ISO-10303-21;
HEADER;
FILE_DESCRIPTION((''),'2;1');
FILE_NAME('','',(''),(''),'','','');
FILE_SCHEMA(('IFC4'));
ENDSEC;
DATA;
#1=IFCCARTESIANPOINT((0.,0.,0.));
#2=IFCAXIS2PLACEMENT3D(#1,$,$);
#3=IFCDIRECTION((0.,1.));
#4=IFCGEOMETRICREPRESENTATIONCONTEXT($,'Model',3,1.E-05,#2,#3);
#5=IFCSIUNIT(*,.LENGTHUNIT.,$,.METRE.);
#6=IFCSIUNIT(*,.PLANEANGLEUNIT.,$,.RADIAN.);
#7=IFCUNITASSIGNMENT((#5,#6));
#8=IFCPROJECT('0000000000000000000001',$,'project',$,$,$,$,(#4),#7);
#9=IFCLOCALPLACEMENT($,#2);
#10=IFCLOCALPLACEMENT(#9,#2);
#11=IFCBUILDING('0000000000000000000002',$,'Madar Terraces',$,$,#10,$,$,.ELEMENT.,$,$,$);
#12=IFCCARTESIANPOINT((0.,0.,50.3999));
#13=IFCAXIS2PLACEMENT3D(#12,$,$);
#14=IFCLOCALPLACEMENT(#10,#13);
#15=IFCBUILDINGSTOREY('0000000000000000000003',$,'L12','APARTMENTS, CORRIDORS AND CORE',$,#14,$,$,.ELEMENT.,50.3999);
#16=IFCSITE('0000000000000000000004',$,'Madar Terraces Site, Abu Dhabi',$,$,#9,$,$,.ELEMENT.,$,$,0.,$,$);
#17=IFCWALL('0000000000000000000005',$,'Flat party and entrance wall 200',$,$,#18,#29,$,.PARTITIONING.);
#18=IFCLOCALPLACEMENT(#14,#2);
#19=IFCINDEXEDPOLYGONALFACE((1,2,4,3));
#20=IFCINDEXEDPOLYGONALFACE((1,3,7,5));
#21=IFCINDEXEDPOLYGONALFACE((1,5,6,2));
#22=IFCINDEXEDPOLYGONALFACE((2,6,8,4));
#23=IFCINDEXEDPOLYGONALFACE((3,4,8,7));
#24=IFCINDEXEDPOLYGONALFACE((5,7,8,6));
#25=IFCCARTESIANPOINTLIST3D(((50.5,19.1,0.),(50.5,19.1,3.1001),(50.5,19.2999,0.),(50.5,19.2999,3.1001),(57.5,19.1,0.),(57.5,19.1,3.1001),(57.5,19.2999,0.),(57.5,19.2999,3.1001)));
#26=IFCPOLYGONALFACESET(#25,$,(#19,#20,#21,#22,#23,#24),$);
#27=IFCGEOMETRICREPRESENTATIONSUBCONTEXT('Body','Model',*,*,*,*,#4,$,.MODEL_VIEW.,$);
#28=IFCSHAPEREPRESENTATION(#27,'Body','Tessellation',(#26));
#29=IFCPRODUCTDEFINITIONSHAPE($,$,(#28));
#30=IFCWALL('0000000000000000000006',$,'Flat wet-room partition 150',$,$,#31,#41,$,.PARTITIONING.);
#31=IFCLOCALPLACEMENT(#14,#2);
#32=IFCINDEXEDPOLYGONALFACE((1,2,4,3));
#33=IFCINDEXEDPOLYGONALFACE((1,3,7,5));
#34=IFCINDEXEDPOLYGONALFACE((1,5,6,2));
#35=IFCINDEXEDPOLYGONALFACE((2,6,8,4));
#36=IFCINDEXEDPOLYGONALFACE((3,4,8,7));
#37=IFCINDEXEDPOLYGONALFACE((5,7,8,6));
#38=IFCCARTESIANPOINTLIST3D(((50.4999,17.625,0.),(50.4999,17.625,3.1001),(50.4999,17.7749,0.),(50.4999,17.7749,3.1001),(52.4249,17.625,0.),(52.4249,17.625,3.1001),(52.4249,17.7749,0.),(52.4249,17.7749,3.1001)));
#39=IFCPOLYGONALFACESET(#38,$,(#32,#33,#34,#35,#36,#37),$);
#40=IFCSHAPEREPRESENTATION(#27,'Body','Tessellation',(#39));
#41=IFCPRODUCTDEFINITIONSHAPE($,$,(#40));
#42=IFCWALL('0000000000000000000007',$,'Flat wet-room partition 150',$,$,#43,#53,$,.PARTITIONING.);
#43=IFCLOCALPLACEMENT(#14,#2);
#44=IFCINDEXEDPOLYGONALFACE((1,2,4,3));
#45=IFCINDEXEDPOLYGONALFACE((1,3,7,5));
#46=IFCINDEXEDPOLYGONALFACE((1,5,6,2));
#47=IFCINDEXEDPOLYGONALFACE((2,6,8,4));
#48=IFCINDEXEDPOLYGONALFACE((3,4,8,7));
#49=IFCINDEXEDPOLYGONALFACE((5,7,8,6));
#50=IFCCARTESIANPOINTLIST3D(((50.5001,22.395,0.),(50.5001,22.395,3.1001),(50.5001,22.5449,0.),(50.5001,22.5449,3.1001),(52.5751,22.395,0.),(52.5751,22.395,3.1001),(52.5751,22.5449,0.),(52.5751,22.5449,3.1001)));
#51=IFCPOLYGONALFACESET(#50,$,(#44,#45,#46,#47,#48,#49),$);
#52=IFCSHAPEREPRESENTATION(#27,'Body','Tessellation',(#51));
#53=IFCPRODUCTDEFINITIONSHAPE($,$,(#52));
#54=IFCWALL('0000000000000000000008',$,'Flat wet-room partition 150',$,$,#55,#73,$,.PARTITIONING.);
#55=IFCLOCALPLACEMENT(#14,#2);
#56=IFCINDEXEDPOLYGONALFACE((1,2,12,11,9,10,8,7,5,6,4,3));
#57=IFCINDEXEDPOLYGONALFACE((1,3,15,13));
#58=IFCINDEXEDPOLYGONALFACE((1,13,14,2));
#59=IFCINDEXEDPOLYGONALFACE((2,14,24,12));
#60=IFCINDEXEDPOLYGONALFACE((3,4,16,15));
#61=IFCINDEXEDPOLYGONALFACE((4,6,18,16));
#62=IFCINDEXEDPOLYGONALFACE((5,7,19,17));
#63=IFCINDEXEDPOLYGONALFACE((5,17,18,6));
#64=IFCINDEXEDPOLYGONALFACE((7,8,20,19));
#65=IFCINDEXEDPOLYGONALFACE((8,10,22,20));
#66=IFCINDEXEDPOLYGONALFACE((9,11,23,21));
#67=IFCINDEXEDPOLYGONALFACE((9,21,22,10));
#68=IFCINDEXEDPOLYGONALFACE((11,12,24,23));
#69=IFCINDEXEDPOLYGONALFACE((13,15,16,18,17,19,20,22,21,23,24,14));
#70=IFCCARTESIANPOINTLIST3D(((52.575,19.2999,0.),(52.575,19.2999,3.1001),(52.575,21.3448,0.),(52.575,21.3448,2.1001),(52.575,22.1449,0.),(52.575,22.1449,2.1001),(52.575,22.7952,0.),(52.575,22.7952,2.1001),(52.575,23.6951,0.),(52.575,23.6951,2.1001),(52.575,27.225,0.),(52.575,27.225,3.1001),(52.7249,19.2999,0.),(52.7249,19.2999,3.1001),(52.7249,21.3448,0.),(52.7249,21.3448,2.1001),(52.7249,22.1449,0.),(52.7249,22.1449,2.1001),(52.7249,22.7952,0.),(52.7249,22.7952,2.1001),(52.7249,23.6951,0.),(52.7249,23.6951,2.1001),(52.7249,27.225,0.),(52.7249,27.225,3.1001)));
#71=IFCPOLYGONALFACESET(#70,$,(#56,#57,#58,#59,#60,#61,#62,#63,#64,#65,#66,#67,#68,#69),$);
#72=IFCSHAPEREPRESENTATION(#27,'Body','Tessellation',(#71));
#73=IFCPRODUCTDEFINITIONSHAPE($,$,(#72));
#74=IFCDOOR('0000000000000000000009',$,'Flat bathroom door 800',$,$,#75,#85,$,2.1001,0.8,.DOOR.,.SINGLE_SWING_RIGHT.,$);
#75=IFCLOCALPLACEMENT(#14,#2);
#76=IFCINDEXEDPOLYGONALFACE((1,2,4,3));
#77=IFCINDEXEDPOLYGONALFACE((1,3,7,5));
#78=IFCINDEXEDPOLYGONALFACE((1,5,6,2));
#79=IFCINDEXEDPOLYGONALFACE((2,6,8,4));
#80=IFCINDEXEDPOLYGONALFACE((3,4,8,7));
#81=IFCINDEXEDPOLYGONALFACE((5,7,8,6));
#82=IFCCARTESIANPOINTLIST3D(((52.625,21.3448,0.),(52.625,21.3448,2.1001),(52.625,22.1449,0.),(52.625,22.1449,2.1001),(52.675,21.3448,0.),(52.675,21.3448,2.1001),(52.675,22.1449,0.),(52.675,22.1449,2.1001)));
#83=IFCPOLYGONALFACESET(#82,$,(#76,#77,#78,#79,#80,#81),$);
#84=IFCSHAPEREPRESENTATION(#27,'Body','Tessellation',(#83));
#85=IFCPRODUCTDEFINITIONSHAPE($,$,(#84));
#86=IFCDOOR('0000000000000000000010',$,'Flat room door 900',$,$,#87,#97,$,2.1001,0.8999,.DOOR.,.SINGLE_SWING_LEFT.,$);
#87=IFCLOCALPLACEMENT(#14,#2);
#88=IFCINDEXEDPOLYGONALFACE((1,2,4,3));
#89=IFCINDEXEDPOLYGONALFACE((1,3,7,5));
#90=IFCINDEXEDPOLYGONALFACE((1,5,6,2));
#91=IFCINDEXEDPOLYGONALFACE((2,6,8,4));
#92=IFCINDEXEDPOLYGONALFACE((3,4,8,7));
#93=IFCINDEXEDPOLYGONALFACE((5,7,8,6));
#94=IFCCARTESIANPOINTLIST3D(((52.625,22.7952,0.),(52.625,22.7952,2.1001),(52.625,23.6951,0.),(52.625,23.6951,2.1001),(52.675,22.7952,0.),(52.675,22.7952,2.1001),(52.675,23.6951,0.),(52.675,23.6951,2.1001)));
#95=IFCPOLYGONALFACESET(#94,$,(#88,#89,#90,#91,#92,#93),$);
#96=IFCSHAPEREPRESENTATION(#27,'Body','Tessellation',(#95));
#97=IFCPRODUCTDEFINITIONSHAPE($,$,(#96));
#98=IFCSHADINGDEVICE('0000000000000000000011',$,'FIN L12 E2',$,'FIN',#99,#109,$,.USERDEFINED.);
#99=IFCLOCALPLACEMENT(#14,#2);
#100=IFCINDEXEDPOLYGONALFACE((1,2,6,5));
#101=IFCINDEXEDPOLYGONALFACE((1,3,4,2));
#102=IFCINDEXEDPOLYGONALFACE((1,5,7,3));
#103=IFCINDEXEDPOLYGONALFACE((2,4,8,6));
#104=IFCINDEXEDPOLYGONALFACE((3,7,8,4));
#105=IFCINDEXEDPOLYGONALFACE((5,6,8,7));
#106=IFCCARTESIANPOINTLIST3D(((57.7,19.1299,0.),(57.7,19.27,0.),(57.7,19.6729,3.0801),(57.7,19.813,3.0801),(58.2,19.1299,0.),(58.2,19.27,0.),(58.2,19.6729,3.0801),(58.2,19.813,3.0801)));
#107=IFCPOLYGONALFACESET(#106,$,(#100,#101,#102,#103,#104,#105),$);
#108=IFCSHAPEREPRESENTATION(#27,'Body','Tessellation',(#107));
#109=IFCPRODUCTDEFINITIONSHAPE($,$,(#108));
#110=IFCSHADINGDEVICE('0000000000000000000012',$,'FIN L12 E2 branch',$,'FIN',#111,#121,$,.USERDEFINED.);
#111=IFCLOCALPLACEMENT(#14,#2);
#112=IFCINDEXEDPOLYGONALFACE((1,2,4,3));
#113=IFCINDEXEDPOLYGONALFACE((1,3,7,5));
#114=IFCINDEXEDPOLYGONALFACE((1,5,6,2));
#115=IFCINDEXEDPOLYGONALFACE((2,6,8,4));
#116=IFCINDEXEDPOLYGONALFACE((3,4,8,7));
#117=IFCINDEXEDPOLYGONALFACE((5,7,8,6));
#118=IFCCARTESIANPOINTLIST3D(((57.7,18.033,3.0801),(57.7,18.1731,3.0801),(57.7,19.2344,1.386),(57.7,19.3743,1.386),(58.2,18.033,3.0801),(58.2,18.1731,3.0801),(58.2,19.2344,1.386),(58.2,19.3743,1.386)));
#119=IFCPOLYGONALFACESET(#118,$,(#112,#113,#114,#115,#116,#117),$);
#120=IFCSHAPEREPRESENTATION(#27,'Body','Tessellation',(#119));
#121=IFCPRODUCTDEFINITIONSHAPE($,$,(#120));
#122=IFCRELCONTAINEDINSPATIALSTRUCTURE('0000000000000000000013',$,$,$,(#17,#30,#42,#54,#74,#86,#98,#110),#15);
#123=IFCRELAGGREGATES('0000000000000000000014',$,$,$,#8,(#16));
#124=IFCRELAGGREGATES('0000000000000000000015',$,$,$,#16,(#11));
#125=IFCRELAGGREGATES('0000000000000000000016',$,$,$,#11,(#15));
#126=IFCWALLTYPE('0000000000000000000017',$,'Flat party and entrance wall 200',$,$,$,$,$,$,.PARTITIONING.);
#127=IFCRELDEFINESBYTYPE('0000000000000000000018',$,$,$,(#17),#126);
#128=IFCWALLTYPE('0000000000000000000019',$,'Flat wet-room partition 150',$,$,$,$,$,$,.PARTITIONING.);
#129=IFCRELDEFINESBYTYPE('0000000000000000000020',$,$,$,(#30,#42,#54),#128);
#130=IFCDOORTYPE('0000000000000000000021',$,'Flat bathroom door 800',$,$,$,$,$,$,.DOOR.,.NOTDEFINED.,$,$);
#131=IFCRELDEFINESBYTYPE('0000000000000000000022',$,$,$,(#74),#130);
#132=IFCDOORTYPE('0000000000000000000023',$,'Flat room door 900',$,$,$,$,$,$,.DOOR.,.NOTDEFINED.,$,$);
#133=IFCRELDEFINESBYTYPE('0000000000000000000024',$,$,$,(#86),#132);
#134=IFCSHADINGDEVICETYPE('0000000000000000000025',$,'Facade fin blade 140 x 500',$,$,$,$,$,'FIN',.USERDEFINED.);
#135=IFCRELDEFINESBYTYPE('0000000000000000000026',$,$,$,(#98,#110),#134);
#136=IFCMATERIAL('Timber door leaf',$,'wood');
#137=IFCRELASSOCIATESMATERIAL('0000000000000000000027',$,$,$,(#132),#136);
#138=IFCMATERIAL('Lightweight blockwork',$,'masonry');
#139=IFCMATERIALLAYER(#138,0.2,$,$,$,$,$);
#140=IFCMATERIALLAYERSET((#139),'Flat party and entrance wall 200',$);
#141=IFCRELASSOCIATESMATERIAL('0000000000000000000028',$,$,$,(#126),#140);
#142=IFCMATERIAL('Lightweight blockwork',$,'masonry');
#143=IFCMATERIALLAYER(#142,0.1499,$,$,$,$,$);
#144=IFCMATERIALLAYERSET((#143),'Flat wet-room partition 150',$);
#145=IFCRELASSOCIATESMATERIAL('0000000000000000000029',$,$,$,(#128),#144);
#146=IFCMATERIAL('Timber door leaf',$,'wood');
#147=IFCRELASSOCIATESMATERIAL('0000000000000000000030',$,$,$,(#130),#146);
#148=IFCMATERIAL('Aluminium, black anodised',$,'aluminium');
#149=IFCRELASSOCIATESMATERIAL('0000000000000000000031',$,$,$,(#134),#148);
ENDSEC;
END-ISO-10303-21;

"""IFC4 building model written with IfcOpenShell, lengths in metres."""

from ifc_helpers import new_model, si_unit, direction, frame, frame_2d, origin, place, context, subcontext, project, spatial, polyline, rectangle, outline, extrude, material, layer, layer_set, type_object, element, fill, save


model = new_model("IFC4")

# Units and contexts
model_context = context("Model", 3, precision=1e-05, world=origin(), true_north=direction((0.0, 1.0)))
body_context = subcontext(model_context, "Body", "Model", "MODEL_VIEW")
ifc_project = project(units=[si_unit("LENGTHUNIT", "METRE"), si_unit("PLANEANGLEUNIT", "RADIAN")], contexts=[model_context])

# Site, building, storey
site_placement = place(None, origin())
site = spatial("IfcSite", under=ifc_project, at=site_placement, Name="Madar Terraces Site, Abu Dhabi", CompositionType="ELEMENT", RefElevation=0.0)
building_placement = place(site_placement, origin())
building = spatial("IfcBuilding", under=site, at=building_placement, Name="Madar Terraces", CompositionType="ELEMENT")
storey_placement = place(building_placement, frame((0.0, 0.0, 50.3999)))
storey = spatial("IfcBuildingStorey", under=building, at=storey_placement, Name="L12", Description="APARTMENTS, CORRIDORS AND CORE", CompositionType="ELEMENT", Elevation=50.3999)

# Shared definitions
ifc_material_1 = material(Name="Timber door leaf", Category="wood")
door_type_1 = type_object("IfcDoorType", Name="Flat room door 900", OperationType="NOTDEFINED", PredefinedType="DOOR", material=ifc_material_1)

# Walls
ifc_material_2 = material(Name="Lightweight blockwork", Category="masonry")
ifc_layer_1 = layer(ifc_material_2, 0.2)
ifc_layer_set_1 = layer_set([ifc_layer_1], Name="Flat party and entrance wall 200")
wall_type_1 = type_object("IfcWallType", Name="Flat party and entrance wall 200", PredefinedType="PARTITIONING", material=ifc_layer_set_1)
wall_1_placement = place(storey_placement, frame((50.5, 19.2, 0.0), z_axis=(0.0, 0.0, 1.0), x_axis=(1.0, 0.0, 0.0)))
element("IfcWall", 1, at=wall_1_placement, inside=storey, type_object=wall_type_1, Name="Flat party and entrance wall 200", PredefinedType="PARTITIONING", context=body_context, shape_type="SweptSolid", body=[
    extrude(rectangle(XDim=7.0, YDim=0.2, at=frame_2d((3.5, 0.0))), origin(), (0.0, 0.0, 1.0), 3.1001),
])
ifc_material_3 = material(Name="Lightweight blockwork", Category="masonry")
ifc_layer_2 = layer(ifc_material_3, 0.1499)
ifc_layer_set_2 = layer_set([ifc_layer_2], Name="Flat wet-room partition 150")
wall_type_2 = type_object("IfcWallType", Name="Flat wet-room partition 150", PredefinedType="PARTITIONING", material=ifc_layer_set_2)
wall_2_placement = place(storey_placement, frame((50.5, 17.7, 0.0), z_axis=(0.0, 0.0, 1.0), x_axis=(1.0, 0.0, 0.0)))
element("IfcWall", 2, at=wall_2_placement, inside=storey, type_object=wall_type_2, Name="Flat wet-room partition 150", PredefinedType="PARTITIONING", context=body_context, shape_type="SweptSolid", body=[
    extrude(rectangle(XDim=1.925, YDim=0.1499, at=frame_2d((0.9624, 0.0))), origin(), (0.0, 0.0, 1.0), 3.1001),
])
wall_3_placement = place(storey_placement, frame((50.5, 22.47, 0.0), z_axis=(0.0, 0.0, 1.0), x_axis=(1.0, 0.0, 0.0)))
element("IfcWall", 3, at=wall_3_placement, inside=storey, type_object=wall_type_2, Name="Flat wet-room partition 150", PredefinedType="PARTITIONING", context=body_context, shape_type="SweptSolid", body=[
    extrude(rectangle(XDim=2.075, YDim=0.1499, at=frame_2d((1.0376, 0.0))), origin(), (0.0, 0.0, 1.0), 3.1001),
])

# Wall, openings, doors
wall_4_placement = place(storey_placement, frame((52.6499, 19.3, 0.0), z_axis=(0.0, 0.0, 1.0), x_axis=(0.0, 1.0, 0.0)))
wall_4 = element("IfcWall", 4, at=wall_4_placement, inside=storey, type_object=wall_type_2, Name="Flat wet-room partition 150", PredefinedType="PARTITIONING", context=body_context, shape_type="SweptSolid", body=[
    extrude(rectangle(XDim=7.925, YDim=0.1499, at=frame_2d((3.9624, 0.0))), origin(), (0.0, 0.0, 1.0), 3.1001),
])
opening_1_placement = place(wall_4_placement, frame((3.4951, 0.0, 0.0)))
opening_1 = element("IfcOpeningElement", 5, at=opening_1_placement, cuts=wall_4, PredefinedType="OPENING", context=body_context, shape_type="SweptSolid", body=[
    extrude(rectangle(XDim=0.8999, YDim=2.1001, at=frame_2d((0.45, 1.05))), frame((0.0, 0.085, 0.0), z_axis=(0.0, -1.0, 0.0), x_axis=(1.0, 0.0, 0.0)), (0.0, 0.0, 1.0), 0.1699),
])
opening_2_placement = place(wall_4_placement, frame((2.0449, 0.0, 0.0)))
opening_2 = element("IfcOpeningElement", 6, at=opening_2_placement, cuts=wall_4, PredefinedType="OPENING", context=body_context, shape_type="SweptSolid", body=[
    extrude(rectangle(XDim=0.8, YDim=2.1001, at=frame_2d((0.3999, 1.05))), frame((0.0, 0.085, 0.0), z_axis=(0.0, -1.0, 0.0), x_axis=(1.0, 0.0, 0.0)), (0.0, 0.0, 1.0), 0.1699),
])
ifc_material_4 = material(Name="Timber door leaf", Category="wood")
door_type_2 = type_object("IfcDoorType", Name="Flat bathroom door 800", OperationType="NOTDEFINED", PredefinedType="DOOR", material=ifc_material_4)
door_1_placement = place(opening_2_placement, origin())
door_1 = element("IfcDoor", 7, at=door_1_placement, inside=storey, type_object=door_type_2, Name="Flat bathroom door 800", OperationType="SINGLE_SWING_RIGHT", OverallHeight=2.1001, OverallWidth=0.8, PredefinedType="DOOR", context=body_context, shape_type="SweptSolid", body=[
    extrude(rectangle(XDim=0.8, YDim=2.1001, at=frame_2d((0.3999, 1.05))), frame((0.0, 0.0249, 0.0), z_axis=(0.0, -1.0, 0.0), x_axis=(1.0, 0.0, 0.0)), (0.0, 0.0, 1.0), 0.05),
])
fill(opening_2, door_1)
door_2_placement = place(opening_1_placement, origin())
door_2 = element("IfcDoor", 8, at=door_2_placement, inside=storey, type_object=door_type_1, Name="Flat room door 900", OperationType="SINGLE_SWING_LEFT", OverallHeight=2.1001, OverallWidth=0.8999, PredefinedType="DOOR", context=body_context, shape_type="SweptSolid", body=[
    extrude(rectangle(XDim=0.8999, YDim=2.1001, at=frame_2d((0.45, 1.05))), frame((0.0, 0.0249, 0.0), z_axis=(0.0, -1.0, 0.0), x_axis=(1.0, 0.0, 0.0)), (0.0, 0.0, 1.0), 0.05),
])
fill(opening_1, door_2)

# Shading devices
ifc_material_5 = material(Name="Aluminium, black anodised", Category="aluminium")
shading_device_type = type_object("IfcShadingDeviceType", Name="Facade fin blade 140 x 500", ElementType="FIN", PredefinedType="USERDEFINED", material=ifc_material_5)
shading_device_1_placement = place(storey_placement, frame((57.95, 19.1299, 0.0), z_axis=(0.0, 0.0, 1.0), x_axis=(0.0, 1.0, 0.0)))
element("IfcShadingDevice", 9, at=shading_device_1_placement, inside=storey, type_object=shading_device_type, Name="FIN L12 E2", ObjectType="FIN", PredefinedType="USERDEFINED", context=body_context, shape_type="SweptSolid", body=[
    extrude(outline(polyline([(0.0, 0.0), (0.1401, 0.0), (0.6831, 3.0801), (0.543, 3.0801), (0.0, 0.0)])), frame((0.0, 0.25, 0.0), z_axis=(0.0, -1.0, 0.0), x_axis=(1.0, 0.0, 0.0)), (0.0, 0.0, 1.0), 0.5),
])
shading_device_2_placement = place(storey_placement, frame((57.95, 19.2344, 1.386), z_axis=(0.0, 0.0, 1.0), x_axis=(0.0, 1.0, 0.0)))
element("IfcShadingDevice", 10, at=shading_device_2_placement, inside=storey, type_object=shading_device_type, Name="FIN L12 E2 branch", ObjectType="FIN", PredefinedType="USERDEFINED", context=body_context, shape_type="SweptSolid", body=[
    extrude(outline(polyline([(0.0, 0.0), (0.1399, 0.0), (-1.0613, 1.6941), (-1.2014, 1.6941), (0.0, 0.0)])), frame((0.0, 0.25, 0.0), z_axis=(0.0, -1.0, 0.0), x_axis=(1.0, 0.0, 0.0)), (0.0, 0.0, 1.0), 0.5),
])

save(model, "model.ifc")
